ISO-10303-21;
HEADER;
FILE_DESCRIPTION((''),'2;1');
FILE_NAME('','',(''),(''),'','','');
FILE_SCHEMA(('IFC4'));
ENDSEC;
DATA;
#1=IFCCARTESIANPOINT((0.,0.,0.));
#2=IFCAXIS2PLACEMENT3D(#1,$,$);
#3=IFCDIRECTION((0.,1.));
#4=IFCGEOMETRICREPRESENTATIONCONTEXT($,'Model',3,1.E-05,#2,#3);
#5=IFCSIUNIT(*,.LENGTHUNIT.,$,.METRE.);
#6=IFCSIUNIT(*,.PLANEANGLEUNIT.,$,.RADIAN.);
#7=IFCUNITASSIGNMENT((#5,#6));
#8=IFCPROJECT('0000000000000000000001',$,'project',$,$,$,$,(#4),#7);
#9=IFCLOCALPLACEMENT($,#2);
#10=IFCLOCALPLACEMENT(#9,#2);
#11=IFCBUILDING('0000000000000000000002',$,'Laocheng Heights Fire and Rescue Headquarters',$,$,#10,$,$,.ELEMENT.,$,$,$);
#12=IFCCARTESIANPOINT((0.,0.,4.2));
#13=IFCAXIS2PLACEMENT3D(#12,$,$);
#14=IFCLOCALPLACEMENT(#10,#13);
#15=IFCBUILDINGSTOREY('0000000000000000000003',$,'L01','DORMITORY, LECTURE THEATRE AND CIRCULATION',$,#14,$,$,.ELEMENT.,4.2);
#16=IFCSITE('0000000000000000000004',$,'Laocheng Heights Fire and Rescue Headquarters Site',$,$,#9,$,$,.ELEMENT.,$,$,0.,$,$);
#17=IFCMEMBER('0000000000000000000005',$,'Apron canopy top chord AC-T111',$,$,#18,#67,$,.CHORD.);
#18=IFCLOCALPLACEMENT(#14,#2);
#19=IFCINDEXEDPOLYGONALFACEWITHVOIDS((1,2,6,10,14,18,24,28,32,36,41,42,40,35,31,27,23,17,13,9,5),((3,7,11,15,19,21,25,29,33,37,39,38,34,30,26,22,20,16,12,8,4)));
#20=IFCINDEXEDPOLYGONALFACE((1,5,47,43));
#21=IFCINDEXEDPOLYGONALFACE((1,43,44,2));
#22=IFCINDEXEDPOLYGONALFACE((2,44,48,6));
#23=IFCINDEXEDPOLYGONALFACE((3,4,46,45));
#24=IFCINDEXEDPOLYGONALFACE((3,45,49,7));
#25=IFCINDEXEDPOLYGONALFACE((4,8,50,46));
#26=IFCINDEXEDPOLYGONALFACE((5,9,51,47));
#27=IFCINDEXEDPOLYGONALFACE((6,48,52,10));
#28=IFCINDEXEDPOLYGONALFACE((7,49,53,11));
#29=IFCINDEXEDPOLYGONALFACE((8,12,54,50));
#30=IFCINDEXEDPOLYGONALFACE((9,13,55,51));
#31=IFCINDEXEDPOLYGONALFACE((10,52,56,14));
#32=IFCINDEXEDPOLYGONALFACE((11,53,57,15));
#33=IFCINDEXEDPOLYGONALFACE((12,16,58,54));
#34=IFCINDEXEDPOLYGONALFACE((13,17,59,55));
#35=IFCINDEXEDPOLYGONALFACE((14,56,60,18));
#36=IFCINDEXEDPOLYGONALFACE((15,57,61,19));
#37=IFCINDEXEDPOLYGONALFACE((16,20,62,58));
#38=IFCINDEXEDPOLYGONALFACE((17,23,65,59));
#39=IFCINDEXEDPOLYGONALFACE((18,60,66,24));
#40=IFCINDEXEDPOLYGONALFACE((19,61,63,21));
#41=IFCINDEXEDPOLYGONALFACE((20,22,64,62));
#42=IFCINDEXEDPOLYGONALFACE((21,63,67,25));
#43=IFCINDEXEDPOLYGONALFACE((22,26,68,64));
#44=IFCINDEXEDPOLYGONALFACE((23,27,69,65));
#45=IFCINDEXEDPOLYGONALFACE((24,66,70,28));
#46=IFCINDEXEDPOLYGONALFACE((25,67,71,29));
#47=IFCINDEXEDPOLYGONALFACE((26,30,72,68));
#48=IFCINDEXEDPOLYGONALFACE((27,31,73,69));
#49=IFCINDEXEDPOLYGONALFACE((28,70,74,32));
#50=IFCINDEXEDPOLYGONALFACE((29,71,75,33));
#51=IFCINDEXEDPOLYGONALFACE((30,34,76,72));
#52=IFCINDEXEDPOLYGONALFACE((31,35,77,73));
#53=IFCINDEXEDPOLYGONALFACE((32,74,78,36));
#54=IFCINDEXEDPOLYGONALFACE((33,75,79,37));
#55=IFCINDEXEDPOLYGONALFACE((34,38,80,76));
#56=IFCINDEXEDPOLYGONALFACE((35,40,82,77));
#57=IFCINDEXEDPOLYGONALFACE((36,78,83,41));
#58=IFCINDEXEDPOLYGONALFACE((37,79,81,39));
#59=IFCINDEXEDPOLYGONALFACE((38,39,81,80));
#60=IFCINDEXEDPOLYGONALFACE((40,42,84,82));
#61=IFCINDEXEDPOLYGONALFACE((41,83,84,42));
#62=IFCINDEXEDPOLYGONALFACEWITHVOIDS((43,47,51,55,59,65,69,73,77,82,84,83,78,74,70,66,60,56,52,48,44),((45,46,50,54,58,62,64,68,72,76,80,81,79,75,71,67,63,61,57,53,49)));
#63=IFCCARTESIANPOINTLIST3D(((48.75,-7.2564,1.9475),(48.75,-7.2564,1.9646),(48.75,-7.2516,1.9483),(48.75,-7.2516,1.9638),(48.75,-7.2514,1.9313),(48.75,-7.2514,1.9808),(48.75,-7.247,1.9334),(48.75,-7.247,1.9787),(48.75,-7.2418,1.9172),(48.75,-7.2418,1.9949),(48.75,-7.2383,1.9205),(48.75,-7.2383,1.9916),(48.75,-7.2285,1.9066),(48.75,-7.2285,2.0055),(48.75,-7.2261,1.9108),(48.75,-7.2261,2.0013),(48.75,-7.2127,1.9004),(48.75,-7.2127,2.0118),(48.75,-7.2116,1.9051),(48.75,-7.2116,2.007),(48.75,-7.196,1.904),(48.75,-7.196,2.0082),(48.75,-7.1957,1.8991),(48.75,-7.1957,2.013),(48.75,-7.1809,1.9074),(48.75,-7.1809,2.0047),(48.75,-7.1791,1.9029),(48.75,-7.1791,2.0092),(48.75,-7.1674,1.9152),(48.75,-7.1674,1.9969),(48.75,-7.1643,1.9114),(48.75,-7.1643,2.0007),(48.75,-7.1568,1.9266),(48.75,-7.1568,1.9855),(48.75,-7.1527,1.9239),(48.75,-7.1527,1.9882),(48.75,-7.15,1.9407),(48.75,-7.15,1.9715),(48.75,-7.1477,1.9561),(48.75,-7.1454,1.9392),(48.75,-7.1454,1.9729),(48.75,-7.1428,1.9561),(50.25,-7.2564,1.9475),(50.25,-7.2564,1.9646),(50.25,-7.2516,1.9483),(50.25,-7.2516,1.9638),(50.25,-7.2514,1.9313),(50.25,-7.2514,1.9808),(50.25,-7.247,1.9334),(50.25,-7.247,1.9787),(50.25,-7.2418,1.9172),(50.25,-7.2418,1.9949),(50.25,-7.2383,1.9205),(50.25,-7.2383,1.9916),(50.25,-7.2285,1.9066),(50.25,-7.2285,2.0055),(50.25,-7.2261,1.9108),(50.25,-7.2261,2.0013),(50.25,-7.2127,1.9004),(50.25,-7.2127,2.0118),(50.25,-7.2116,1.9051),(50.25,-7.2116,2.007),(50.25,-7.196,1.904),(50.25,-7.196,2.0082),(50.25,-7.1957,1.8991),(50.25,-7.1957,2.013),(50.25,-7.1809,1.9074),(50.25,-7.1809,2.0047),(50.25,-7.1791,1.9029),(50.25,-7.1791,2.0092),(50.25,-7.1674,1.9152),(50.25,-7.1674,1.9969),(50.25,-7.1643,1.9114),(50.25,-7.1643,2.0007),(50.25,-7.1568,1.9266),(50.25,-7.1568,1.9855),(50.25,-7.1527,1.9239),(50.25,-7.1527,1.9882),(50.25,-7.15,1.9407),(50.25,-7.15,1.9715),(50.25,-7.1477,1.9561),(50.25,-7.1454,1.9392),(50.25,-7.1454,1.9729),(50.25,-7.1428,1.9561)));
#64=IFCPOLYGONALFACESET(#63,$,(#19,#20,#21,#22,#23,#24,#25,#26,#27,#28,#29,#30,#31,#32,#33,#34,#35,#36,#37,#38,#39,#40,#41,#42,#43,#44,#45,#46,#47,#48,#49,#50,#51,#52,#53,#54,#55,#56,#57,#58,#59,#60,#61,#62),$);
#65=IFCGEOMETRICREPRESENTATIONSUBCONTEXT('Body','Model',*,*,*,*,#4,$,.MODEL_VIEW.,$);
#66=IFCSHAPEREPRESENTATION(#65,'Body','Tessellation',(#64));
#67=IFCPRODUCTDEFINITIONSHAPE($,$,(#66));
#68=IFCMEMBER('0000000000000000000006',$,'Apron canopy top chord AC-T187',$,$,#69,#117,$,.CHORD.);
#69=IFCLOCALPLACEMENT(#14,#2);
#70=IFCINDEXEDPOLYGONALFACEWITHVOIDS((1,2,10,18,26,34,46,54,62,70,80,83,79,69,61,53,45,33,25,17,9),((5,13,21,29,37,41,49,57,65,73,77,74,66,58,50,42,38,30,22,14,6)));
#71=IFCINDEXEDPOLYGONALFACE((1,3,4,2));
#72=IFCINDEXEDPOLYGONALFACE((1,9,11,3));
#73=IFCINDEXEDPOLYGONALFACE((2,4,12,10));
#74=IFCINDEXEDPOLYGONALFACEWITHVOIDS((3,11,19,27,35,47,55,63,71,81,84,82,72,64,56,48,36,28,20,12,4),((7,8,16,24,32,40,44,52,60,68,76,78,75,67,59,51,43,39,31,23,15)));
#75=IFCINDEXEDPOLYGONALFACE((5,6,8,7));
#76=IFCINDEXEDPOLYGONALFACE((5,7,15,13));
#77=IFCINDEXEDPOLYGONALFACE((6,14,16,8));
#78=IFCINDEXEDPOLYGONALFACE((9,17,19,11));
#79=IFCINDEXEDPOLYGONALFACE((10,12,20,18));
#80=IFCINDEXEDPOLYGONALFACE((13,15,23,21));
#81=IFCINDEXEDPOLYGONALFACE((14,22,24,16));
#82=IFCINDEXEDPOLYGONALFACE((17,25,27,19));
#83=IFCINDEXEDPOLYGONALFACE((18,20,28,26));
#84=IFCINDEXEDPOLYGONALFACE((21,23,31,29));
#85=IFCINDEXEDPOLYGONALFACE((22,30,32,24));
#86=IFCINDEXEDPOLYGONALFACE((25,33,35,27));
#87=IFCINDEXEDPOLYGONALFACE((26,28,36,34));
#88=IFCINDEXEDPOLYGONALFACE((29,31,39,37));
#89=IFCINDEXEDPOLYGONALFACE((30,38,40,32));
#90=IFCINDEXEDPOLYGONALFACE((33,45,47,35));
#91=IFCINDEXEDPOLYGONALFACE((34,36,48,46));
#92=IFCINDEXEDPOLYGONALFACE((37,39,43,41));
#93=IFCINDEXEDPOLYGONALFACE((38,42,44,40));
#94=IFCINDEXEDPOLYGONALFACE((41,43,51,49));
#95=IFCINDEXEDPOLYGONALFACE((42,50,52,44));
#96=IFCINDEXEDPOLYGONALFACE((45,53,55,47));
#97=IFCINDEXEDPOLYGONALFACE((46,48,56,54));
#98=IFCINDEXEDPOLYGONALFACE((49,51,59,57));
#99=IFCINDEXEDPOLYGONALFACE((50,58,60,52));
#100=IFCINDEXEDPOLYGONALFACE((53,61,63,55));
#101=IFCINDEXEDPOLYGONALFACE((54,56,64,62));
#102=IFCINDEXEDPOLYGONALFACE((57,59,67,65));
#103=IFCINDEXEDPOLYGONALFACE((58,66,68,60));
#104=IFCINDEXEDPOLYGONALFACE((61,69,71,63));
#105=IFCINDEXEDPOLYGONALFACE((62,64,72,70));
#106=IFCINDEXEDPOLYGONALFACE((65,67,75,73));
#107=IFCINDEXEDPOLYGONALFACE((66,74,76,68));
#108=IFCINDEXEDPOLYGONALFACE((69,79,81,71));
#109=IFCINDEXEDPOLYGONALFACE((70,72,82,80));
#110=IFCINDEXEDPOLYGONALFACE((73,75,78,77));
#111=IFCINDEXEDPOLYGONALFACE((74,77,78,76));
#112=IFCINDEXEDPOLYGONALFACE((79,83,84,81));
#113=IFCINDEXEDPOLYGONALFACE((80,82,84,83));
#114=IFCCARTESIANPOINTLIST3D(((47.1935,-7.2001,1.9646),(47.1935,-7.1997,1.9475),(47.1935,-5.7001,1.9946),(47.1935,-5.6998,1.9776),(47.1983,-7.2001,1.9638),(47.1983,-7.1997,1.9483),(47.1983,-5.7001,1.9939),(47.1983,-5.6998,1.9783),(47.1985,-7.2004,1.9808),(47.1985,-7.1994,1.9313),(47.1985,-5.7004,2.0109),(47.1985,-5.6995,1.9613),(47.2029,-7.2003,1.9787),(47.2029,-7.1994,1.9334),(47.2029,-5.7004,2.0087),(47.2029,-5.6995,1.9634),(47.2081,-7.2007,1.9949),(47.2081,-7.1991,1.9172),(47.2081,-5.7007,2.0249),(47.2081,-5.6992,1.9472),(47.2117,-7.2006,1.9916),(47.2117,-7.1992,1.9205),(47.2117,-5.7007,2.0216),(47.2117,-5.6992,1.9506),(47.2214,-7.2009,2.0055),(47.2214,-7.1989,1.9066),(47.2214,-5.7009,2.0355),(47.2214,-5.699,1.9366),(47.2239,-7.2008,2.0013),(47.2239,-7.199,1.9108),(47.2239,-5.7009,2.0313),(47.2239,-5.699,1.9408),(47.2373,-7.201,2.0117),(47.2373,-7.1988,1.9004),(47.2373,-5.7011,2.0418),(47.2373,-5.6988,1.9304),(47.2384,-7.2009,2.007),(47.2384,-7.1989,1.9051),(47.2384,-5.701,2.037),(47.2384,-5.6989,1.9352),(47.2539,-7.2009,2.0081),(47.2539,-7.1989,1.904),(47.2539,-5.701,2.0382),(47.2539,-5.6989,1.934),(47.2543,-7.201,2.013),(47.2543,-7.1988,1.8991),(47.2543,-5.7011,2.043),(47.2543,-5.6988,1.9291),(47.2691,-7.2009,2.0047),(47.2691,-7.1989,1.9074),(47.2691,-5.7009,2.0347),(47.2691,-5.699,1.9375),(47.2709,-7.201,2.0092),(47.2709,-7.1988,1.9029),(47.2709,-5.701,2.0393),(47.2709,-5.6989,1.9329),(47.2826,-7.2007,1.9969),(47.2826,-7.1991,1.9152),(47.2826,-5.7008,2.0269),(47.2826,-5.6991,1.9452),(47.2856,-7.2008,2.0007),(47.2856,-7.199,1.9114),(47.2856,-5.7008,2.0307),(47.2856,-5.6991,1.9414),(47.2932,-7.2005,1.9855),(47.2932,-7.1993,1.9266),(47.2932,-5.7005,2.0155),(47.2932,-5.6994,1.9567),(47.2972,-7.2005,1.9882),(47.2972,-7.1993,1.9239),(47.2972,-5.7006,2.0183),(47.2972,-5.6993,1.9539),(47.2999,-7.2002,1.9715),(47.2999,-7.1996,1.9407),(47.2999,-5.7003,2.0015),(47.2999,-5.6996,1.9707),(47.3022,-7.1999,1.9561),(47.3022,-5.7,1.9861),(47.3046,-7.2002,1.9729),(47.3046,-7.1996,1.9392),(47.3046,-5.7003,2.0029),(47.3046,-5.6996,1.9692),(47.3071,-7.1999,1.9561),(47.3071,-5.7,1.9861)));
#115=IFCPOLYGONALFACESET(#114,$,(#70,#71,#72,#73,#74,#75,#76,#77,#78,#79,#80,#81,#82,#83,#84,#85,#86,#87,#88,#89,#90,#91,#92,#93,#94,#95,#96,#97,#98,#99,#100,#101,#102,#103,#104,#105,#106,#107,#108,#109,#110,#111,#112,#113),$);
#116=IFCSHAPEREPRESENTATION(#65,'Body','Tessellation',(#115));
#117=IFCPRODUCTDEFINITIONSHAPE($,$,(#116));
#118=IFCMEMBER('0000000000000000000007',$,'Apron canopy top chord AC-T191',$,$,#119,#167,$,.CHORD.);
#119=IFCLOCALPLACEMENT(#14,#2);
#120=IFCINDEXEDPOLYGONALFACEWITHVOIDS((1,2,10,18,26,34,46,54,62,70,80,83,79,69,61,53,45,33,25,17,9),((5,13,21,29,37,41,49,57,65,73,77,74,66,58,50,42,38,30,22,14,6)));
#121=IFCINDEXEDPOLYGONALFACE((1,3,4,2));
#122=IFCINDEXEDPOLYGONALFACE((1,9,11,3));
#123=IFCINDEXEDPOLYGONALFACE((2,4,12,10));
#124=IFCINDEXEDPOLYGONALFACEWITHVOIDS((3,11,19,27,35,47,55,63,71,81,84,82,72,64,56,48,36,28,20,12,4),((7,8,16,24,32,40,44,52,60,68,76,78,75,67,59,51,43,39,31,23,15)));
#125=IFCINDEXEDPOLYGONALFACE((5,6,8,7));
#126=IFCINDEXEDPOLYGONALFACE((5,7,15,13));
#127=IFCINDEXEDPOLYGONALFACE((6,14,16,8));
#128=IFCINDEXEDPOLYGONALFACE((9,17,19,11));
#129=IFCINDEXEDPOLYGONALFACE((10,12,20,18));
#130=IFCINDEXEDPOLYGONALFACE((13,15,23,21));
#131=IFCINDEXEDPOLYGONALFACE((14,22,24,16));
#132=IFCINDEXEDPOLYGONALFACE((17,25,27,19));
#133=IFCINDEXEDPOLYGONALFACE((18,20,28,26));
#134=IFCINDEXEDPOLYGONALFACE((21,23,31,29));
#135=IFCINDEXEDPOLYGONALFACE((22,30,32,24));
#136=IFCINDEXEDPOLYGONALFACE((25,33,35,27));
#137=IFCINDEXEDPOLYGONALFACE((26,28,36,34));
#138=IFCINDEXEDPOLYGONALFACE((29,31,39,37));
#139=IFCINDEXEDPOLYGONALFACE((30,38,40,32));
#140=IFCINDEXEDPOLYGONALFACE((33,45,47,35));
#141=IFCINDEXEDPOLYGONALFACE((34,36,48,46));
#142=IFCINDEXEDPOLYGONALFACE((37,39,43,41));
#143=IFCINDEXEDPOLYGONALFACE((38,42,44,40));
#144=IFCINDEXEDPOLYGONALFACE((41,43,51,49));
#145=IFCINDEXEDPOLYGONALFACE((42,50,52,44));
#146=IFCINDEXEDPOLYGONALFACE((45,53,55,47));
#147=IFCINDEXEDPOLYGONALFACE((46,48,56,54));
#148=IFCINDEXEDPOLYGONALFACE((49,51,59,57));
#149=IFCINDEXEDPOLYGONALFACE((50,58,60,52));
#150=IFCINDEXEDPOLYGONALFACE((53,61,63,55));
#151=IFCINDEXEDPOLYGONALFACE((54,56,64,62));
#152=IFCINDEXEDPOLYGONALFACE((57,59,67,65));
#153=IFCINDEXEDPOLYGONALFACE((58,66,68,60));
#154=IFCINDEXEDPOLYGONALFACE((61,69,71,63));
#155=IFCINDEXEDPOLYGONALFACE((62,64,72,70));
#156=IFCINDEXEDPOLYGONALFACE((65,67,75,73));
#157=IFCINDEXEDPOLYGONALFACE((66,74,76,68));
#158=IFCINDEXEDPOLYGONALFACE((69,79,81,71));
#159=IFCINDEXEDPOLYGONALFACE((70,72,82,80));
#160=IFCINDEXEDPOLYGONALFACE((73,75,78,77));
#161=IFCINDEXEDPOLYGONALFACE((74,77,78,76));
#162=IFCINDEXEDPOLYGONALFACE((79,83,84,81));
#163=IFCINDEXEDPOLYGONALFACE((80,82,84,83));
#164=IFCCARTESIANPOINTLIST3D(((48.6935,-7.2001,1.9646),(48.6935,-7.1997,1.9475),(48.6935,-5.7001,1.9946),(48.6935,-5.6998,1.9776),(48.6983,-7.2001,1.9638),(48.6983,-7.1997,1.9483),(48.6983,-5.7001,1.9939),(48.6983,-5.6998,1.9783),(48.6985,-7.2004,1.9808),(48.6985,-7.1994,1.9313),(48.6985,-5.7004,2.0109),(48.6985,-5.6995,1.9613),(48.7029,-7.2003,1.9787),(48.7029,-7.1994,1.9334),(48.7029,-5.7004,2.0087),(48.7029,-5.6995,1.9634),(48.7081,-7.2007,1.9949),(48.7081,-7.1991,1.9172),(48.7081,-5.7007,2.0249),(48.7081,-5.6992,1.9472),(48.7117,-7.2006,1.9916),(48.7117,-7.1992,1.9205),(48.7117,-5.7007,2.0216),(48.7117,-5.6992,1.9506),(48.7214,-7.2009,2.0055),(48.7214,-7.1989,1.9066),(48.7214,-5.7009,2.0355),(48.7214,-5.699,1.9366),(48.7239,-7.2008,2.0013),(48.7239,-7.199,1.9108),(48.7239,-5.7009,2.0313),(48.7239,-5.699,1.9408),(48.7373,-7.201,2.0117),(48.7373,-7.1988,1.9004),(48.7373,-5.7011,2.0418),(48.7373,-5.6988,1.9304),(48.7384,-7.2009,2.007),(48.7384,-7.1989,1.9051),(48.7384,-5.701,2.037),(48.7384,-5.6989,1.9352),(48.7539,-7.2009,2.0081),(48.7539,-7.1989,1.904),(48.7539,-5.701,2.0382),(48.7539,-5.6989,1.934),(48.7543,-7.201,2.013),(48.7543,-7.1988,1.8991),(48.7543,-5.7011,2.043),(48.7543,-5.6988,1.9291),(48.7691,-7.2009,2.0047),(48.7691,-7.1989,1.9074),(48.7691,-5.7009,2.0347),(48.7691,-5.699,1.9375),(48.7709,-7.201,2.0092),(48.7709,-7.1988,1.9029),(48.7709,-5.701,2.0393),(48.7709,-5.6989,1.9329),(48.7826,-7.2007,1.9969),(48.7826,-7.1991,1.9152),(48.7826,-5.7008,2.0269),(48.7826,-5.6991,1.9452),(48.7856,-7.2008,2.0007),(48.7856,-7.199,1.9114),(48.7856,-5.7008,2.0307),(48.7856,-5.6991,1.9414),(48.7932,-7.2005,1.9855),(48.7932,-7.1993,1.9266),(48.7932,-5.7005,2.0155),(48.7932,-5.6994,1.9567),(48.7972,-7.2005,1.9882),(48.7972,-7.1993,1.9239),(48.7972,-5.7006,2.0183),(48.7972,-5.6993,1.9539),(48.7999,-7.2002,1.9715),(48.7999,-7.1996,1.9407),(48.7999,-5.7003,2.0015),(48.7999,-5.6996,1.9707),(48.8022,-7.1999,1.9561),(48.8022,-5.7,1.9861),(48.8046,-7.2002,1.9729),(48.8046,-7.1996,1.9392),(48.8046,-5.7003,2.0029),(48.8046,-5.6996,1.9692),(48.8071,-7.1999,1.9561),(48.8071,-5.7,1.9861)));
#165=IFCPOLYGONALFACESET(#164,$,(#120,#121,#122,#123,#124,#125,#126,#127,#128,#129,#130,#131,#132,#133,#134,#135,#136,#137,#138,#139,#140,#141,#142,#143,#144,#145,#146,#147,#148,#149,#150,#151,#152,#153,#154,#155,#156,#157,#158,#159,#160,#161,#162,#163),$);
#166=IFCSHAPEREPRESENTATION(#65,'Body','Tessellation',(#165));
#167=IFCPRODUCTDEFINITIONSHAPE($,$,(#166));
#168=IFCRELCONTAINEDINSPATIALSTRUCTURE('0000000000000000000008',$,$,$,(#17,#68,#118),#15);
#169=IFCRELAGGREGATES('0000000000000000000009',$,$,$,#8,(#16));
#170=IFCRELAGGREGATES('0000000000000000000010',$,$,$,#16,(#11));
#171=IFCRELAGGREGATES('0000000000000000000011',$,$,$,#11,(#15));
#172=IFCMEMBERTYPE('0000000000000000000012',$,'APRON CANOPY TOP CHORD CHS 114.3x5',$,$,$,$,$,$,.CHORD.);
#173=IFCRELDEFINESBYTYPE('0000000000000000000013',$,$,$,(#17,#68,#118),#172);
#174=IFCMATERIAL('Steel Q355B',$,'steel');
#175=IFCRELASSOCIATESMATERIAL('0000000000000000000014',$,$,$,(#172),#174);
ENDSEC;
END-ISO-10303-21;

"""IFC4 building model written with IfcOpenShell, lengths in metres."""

from ifc_helpers import new_model, si_unit, direction, frame, origin, origin_2d, place, context, subcontext, project, spatial, hollow_circle, extrude, material, material_profile, profile_set, type_object, element, save


model = new_model("IFC4")

# Units and contexts
model_context = context("Model", 3, precision=1e-05, world=origin(), true_north=direction((0.0, 1.0)))
body_context = subcontext(model_context, "Body", "Model", "MODEL_VIEW")
ifc_project = project(units=[si_unit("LENGTHUNIT", "METRE"), si_unit("PLANEANGLEUNIT", "RADIAN")], contexts=[model_context])

# Site, building, storey
site_placement = place(None, origin())
site = spatial("IfcSite", under=ifc_project, at=site_placement, Name="Laocheng Heights Fire and Rescue Headquarters Site", CompositionType="ELEMENT", RefElevation=0.0)
building_placement = place(site_placement, origin())
building = spatial("IfcBuilding", under=site, at=building_placement, Name="Laocheng Heights Fire and Rescue Headquarters", CompositionType="ELEMENT")
storey_placement = place(building_placement, frame((0.0, 0.0, 4.2)))
storey = spatial("IfcBuildingStorey", under=building, at=storey_placement, Name="L01", Description="DORMITORY, LECTURE THEATRE AND CIRCULATION", CompositionType="ELEMENT", Elevation=4.2)

# Members
ifc_material_1 = material(Name="Steel Q355B", Category="steel")
ifc_material_profile_1 = material_profile(ifc_material_1, hollow_circle(Radius=0.0571, WallThickness=0.0049, at=origin_2d()), Name="CHS 114.3x5")
ifc_profile_set_1 = profile_set([ifc_material_profile_1], Name="Steel Q355B")
member_type_1 = type_object("IfcMemberType", Name="APRON CANOPY TOP CHORD CHS 114.3x5", PredefinedType="CHORD", material=ifc_profile_set_1)
for number, where, z_axis, x_axis, name in (
    (1, (48.75, -7.2, 1.9561), (1.0, 0.0, 0.0), (0.0, 1.0, 0.0), "Apron canopy top chord AC-T111"),
):
    element("IfcMember", number, at=place(storey_placement, frame(where, z_axis=z_axis, x_axis=x_axis)), inside=storey, type_object=member_type_1, Name=name, PredefinedType="CHORD", context=body_context, shape_type="SweptSolid", body=[
        extrude(hollow_circle(Radius=0.0571, WallThickness=0.0049, at=origin_2d()), origin(), (0.0, 0.0, 1.0), 1.5),
    ])
for number, where, z_axis, x_axis, name in (
    (2, (47.25, -5.7, 1.9861), (0.0, -0.9998, -0.020016), (1.0, 0.0, 0.0), "Apron canopy top chord AC-T187"),
    (3, (48.75, -5.7, 1.9861), (0.0, -0.9998, -0.020016), (1.0, 0.0, 0.0), "Apron canopy top chord AC-T191"),
):
    element("IfcMember", number, at=place(storey_placement, frame(where, z_axis=z_axis, x_axis=x_axis)), inside=storey, type_object=member_type_1, Name=name, PredefinedType="CHORD", context=body_context, shape_type="SweptSolid", body=[
        extrude(hollow_circle(Radius=0.0571, WallThickness=0.0049, at=origin_2d()), origin(), (0.0, 0.0, 1.0), 1.5002),
    ])

save(model, "model.ifc")
